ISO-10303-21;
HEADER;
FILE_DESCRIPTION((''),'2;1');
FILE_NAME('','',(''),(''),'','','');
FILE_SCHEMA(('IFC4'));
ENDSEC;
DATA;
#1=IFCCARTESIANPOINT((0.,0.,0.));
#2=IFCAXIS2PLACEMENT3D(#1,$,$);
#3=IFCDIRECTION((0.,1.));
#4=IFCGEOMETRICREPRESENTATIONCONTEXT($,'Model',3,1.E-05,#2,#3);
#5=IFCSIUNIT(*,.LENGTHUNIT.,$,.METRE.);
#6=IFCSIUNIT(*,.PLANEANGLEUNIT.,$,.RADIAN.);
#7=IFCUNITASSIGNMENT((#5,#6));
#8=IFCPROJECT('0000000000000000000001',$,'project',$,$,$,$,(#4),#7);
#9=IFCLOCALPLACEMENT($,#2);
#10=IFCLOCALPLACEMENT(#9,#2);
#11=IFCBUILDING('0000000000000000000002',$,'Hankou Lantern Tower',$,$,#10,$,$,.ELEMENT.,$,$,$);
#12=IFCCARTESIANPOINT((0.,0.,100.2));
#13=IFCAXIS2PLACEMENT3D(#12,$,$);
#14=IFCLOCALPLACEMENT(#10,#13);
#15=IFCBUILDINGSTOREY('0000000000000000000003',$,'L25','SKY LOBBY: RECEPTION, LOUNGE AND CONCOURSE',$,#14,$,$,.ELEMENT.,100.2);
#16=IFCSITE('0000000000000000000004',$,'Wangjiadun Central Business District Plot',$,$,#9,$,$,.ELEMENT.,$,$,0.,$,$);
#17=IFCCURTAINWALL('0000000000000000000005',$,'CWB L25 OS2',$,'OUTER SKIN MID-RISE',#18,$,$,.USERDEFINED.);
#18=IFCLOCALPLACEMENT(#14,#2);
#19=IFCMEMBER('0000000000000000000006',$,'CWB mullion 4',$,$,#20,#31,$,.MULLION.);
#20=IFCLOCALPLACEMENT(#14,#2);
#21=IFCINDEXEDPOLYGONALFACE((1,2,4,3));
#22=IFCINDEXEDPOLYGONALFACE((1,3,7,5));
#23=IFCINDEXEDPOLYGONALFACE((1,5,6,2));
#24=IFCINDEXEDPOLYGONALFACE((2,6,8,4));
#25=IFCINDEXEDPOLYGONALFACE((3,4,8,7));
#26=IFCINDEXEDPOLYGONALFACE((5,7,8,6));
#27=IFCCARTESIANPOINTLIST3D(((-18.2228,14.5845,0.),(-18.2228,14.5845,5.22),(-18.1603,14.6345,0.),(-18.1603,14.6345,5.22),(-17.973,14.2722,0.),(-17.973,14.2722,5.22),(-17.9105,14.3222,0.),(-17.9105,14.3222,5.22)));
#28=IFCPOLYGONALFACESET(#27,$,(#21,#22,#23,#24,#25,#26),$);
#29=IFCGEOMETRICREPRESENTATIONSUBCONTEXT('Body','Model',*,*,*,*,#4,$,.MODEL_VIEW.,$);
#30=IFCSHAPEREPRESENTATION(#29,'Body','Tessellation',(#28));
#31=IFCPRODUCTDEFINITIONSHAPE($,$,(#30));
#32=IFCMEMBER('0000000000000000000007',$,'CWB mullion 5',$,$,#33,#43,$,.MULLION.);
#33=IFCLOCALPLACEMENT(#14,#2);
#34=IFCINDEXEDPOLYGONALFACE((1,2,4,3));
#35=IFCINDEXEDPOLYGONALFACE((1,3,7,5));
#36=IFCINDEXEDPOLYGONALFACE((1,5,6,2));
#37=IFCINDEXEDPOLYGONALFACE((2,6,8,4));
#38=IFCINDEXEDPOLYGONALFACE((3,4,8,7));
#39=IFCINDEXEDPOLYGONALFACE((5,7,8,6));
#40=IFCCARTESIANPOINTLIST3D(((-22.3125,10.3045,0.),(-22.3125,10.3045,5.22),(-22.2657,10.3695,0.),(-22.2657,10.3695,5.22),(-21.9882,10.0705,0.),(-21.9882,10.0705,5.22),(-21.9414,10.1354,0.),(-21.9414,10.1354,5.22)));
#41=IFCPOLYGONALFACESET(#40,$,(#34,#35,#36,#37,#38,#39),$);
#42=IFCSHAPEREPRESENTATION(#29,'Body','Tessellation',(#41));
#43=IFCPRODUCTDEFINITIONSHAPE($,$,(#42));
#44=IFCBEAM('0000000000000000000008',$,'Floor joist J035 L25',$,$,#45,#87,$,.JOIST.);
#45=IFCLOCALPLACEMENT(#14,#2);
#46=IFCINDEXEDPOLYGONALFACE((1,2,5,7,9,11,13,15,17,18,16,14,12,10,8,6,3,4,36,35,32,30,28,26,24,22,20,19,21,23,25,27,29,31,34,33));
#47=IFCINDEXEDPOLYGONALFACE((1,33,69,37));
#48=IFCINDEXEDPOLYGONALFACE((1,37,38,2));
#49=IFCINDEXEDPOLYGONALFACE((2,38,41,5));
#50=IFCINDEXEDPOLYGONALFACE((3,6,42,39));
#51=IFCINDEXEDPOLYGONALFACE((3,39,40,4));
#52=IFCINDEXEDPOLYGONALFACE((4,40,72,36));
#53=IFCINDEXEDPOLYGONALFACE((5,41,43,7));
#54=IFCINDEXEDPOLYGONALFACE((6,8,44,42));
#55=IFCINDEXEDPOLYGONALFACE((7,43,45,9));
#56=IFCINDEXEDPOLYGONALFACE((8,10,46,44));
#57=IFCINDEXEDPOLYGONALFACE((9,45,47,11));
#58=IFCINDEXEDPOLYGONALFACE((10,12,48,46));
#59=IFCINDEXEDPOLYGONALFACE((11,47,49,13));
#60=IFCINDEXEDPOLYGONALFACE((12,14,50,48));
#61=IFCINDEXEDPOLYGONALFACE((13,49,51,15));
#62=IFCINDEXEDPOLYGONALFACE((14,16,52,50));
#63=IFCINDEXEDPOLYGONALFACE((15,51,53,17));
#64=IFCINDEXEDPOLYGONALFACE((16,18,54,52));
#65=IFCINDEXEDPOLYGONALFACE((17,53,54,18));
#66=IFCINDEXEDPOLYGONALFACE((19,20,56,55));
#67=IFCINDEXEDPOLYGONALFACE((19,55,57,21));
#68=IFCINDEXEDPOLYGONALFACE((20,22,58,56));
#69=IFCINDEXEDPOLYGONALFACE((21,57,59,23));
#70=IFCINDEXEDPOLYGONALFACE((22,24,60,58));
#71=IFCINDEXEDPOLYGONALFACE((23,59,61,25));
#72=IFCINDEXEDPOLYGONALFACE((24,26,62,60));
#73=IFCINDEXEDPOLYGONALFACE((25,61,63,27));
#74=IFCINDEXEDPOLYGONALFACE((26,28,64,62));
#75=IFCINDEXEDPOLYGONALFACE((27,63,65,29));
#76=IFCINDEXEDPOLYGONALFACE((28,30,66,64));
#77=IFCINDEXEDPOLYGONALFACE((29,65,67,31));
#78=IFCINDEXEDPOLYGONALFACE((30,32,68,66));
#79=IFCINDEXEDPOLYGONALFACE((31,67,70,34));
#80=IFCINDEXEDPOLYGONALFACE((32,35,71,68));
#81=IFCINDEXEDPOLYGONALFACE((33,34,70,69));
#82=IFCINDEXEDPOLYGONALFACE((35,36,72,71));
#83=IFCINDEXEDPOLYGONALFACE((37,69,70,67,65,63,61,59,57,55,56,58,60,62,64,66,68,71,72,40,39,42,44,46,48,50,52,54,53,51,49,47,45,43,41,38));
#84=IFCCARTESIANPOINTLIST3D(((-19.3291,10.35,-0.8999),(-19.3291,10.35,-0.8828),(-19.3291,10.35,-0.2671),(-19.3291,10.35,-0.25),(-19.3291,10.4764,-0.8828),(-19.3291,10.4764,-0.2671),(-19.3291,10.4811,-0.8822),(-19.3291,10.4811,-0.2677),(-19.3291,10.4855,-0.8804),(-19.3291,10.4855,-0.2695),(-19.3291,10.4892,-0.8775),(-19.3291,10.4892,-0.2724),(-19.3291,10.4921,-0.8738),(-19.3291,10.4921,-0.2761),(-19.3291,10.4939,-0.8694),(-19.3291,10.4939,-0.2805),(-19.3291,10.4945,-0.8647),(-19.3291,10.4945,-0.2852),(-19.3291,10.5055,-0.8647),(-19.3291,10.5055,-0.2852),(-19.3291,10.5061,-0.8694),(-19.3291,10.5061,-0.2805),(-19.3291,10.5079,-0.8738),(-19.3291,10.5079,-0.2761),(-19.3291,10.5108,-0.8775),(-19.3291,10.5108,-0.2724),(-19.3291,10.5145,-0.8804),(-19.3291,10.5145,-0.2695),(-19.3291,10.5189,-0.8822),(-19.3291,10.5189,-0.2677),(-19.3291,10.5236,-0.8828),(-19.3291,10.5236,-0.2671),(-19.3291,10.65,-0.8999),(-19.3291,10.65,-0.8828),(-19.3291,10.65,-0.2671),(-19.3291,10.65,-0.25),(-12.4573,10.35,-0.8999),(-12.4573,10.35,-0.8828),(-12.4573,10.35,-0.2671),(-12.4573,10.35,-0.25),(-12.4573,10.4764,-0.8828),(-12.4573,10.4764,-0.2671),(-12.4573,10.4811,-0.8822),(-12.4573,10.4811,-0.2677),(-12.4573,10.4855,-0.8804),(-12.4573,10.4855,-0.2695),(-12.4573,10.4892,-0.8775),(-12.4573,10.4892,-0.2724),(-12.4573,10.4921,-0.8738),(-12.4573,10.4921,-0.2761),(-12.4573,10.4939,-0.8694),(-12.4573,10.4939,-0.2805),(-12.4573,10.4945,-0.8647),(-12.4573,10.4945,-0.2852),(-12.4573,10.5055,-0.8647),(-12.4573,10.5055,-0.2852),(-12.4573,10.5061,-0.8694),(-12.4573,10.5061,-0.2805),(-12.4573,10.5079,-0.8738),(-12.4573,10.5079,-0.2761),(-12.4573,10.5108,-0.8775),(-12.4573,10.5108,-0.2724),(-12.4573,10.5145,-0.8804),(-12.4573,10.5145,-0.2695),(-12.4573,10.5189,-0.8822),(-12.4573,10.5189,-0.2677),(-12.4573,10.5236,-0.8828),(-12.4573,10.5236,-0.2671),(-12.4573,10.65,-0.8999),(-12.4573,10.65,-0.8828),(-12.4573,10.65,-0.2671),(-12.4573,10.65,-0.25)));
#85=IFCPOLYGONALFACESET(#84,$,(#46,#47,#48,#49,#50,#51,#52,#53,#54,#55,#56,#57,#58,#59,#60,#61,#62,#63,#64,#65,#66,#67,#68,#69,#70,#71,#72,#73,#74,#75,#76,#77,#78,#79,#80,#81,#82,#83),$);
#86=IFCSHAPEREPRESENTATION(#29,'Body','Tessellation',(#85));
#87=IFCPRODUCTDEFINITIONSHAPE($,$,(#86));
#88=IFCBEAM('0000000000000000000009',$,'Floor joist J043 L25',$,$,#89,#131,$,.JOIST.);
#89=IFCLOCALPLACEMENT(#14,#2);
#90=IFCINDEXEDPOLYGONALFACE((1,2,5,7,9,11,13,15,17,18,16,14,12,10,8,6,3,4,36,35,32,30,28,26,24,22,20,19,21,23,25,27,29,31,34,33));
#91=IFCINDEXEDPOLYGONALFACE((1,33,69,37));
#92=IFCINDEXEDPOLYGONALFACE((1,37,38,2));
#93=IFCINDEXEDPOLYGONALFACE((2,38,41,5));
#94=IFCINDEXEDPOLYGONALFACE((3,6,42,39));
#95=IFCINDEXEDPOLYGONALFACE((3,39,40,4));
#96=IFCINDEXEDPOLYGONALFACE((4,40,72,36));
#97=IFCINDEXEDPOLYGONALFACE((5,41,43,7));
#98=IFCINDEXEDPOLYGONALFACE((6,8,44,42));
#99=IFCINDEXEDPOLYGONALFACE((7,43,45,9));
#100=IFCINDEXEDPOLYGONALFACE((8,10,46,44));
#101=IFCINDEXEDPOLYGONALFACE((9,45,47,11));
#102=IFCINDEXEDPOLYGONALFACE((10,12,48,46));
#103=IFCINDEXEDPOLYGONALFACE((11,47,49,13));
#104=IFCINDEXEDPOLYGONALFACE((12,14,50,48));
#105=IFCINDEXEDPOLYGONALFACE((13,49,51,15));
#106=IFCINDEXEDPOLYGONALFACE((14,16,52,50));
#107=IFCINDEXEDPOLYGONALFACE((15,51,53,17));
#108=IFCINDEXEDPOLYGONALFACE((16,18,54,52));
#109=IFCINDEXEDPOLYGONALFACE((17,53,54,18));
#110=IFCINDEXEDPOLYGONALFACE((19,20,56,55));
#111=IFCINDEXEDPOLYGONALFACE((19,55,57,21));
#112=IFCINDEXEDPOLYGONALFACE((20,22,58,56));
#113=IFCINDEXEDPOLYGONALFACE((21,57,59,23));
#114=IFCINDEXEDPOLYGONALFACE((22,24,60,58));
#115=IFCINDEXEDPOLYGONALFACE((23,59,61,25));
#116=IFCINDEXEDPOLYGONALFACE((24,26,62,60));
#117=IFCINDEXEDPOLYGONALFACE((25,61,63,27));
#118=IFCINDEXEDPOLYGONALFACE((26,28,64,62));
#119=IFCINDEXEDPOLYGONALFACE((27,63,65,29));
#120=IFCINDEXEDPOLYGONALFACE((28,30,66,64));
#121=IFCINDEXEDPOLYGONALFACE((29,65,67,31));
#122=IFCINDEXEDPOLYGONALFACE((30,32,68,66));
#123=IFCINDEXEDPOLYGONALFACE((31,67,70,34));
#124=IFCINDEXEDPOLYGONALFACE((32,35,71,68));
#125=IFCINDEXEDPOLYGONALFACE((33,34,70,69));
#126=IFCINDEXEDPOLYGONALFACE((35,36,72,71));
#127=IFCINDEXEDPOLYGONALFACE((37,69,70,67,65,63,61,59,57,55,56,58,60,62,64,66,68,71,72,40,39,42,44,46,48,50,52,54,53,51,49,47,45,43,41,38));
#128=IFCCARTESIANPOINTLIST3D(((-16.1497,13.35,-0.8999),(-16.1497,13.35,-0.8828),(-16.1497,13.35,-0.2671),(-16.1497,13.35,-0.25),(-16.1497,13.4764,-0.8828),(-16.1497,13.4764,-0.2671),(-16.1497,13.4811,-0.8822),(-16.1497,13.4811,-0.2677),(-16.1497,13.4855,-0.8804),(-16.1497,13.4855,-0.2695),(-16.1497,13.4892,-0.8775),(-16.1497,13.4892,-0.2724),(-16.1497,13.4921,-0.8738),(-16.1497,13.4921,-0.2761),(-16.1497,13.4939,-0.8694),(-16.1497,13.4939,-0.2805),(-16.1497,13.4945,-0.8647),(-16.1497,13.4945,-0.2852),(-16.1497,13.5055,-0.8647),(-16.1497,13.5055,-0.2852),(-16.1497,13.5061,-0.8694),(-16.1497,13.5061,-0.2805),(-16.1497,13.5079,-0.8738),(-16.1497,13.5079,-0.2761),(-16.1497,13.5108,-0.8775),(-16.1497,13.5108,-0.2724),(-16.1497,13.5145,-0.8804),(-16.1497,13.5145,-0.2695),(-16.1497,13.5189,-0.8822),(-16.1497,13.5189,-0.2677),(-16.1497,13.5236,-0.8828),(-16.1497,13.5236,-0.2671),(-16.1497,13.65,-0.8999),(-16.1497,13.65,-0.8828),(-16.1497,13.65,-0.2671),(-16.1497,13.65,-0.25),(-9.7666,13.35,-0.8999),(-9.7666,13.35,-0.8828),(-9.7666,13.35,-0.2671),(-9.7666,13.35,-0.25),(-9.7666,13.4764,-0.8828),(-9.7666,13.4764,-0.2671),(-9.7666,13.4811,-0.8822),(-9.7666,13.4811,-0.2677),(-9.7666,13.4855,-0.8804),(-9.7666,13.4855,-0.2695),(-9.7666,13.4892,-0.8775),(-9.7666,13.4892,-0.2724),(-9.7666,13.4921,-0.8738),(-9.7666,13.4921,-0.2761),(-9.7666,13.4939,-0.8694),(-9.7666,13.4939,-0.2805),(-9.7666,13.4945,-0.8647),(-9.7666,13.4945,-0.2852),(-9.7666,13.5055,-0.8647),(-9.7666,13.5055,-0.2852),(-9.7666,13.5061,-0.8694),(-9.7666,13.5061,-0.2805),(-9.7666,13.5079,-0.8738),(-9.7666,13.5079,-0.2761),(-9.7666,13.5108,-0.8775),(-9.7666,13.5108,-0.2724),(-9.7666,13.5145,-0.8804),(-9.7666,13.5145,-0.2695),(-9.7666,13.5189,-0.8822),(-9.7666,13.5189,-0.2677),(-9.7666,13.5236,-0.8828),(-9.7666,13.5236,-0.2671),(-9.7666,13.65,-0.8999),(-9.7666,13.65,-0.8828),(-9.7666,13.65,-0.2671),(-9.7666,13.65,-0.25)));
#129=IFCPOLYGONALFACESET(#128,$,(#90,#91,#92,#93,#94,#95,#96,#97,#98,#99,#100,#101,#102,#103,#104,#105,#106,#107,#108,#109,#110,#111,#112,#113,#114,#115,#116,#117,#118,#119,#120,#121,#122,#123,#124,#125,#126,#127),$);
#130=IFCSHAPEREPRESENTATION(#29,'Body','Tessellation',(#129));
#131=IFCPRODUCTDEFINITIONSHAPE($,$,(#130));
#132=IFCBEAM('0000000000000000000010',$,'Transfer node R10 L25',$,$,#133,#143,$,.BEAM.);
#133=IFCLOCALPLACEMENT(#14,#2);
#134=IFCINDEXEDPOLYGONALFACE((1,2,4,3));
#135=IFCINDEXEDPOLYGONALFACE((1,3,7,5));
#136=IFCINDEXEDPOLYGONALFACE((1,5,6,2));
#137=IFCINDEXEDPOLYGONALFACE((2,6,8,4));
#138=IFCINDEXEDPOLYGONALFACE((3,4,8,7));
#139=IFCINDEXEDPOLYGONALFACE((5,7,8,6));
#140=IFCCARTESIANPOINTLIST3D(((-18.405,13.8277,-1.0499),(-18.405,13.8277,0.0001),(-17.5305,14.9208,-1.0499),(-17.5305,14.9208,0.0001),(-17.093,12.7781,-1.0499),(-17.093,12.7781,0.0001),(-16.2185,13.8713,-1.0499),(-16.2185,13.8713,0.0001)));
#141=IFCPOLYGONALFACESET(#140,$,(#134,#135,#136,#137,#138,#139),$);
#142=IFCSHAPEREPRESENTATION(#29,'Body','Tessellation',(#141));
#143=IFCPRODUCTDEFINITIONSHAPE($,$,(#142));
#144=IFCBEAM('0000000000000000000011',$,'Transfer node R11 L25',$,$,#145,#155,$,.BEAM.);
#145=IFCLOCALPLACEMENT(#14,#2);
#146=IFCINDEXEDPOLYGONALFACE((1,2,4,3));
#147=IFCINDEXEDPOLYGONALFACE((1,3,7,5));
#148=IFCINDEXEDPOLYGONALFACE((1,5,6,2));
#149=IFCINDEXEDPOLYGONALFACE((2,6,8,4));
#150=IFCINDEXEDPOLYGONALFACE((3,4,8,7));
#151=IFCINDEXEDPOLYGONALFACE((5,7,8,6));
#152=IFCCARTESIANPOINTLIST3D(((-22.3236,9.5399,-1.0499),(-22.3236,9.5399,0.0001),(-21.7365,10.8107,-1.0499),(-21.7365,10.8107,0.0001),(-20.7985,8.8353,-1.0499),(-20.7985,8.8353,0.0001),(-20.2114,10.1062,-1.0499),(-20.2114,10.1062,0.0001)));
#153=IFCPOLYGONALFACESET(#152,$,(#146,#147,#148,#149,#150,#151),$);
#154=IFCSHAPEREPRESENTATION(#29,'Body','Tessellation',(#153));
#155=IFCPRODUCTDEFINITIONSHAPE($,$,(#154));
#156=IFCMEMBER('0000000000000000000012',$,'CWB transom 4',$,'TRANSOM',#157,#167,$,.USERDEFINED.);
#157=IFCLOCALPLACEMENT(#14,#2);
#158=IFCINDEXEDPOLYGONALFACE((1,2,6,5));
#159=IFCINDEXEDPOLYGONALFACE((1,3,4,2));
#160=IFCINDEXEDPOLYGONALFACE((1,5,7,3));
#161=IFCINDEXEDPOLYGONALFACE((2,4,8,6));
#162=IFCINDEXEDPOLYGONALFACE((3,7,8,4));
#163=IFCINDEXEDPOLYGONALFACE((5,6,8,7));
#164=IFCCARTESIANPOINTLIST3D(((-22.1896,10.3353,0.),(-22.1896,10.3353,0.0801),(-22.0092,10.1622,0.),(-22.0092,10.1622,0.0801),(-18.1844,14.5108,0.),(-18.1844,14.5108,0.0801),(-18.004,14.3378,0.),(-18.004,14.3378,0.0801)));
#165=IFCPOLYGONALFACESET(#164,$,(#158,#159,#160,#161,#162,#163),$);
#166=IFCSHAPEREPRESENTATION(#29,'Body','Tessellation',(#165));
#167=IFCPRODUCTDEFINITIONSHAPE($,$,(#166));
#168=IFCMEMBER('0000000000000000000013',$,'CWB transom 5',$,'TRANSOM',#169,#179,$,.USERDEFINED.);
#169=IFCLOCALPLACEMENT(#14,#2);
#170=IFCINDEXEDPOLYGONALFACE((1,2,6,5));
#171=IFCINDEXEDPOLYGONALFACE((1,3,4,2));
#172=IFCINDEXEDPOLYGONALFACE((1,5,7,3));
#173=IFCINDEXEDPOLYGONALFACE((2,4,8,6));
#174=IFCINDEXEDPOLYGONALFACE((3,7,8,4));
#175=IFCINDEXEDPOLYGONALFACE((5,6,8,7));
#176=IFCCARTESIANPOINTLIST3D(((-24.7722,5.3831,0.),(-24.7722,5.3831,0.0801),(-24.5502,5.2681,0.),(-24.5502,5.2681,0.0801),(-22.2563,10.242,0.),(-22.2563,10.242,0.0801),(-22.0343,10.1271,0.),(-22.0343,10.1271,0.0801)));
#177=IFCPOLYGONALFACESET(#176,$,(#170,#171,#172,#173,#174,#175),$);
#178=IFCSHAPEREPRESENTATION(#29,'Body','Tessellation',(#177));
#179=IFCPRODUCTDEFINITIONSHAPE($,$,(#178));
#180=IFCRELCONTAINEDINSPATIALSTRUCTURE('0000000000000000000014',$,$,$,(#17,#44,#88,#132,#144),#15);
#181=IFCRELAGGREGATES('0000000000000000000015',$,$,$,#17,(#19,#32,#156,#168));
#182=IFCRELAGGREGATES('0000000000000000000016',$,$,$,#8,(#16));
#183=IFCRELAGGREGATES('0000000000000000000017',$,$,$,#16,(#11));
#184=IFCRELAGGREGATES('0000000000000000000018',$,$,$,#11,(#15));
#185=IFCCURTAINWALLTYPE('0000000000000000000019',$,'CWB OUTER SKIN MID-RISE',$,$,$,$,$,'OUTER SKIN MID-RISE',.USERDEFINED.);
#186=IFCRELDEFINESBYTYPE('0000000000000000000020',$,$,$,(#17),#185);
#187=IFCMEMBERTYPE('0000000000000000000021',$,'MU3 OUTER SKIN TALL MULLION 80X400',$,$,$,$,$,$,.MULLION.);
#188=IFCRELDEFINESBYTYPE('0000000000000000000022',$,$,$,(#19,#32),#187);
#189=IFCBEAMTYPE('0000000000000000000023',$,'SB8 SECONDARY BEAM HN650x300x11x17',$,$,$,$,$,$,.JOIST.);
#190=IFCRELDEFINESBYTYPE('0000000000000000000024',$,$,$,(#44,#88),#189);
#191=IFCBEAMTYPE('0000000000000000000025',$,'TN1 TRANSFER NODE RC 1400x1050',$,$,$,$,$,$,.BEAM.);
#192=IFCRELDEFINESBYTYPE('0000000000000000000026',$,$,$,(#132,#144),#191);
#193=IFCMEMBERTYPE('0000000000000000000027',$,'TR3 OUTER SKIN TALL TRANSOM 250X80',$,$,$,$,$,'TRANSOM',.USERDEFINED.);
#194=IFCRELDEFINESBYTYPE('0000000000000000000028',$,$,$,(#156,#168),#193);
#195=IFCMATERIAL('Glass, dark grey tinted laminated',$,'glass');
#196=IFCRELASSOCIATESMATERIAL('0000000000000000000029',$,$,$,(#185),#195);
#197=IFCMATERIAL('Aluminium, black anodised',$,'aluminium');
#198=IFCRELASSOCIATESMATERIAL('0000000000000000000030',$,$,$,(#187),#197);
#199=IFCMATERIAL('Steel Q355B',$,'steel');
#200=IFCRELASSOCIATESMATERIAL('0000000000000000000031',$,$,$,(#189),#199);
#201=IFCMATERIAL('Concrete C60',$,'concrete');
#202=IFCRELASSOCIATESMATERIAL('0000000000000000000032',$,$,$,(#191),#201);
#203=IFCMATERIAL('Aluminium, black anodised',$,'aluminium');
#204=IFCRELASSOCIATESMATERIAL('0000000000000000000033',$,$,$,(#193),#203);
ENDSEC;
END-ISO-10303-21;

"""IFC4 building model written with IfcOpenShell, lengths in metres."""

from ifc_helpers import new_model, si_unit, direction, frame, origin, origin_2d, place, context, subcontext, project, spatial, rectangle, i_section, extrude, material, material_profile, profile_set, type_object, element, aggregate, save


model = new_model("IFC4")

# Units and contexts
model_context = context("Model", 3, precision=1e-05, world=origin(), true_north=direction((0.0, 1.0)))
body_context = subcontext(model_context, "Body", "Model", "MODEL_VIEW")
ifc_project = project(units=[si_unit("LENGTHUNIT", "METRE"), si_unit("PLANEANGLEUNIT", "RADIAN")], contexts=[model_context])

# Site, building, storey
site_placement = place(None, origin())
site = spatial("IfcSite", under=ifc_project, at=site_placement, Name="Wangjiadun Central Business District Plot", CompositionType="ELEMENT", RefElevation=0.0)
building_placement = place(site_placement, origin())
building = spatial("IfcBuilding", under=site, at=building_placement, Name="Hankou Lantern Tower", CompositionType="ELEMENT")
storey_placement = place(building_placement, frame((0.0, 0.0, 100.2)))
storey = spatial("IfcBuildingStorey", under=building, at=storey_placement, Name="L25", Description="SKY LOBBY: RECEPTION, LOUNGE AND CONCOURSE", CompositionType="ELEMENT", Elevation=100.2)

# Curtain wall, members
ifc_material_1 = material(Name="Glass, dark grey tinted laminated", Category="glass")
curtain_wall_type = type_object("IfcCurtainWallType", Name="CWB OUTER SKIN MID-RISE", ElementType="OUTER SKIN MID-RISE", PredefinedType="USERDEFINED", material=ifc_material_1)
curtain_wall_placement = place(storey_placement, origin())
curtain_wall = element("IfcCurtainWall", 1, at=curtain_wall_placement, inside=storey, type_object=curtain_wall_type, Name="CWB L25 OS2", ObjectType="OUTER SKIN MID-RISE", PredefinedType="USERDEFINED")
ifc_material_2 = material(Name="Aluminium, black anodised", Category="aluminium")
ifc_material_profile_1 = material_profile(ifc_material_2, rectangle(XDim=0.0801, YDim=0.3999, at=origin_2d()), Name="MU3 80X400")
ifc_profile_set_1 = profile_set([ifc_material_profile_1], Name="Aluminium, black anodised")
member_type_1 = type_object("IfcMemberType", Name="MU3 OUTER SKIN TALL MULLION 80X400", PredefinedType="MULLION", material=ifc_profile_set_1)
member_1_placement = place(storey_placement, frame((-18.0667, 14.4534, 0.0), z_axis=(0.0, 0.0, 1.0), x_axis=(-0.780869, -0.624695, 0.0)))
member_1 = element("IfcMember", 2, at=member_1_placement, type_object=member_type_1, Name="CWB mullion 4", PredefinedType="MULLION", context=body_context, shape_type="SweptSolid", body=[
    extrude(rectangle(XDim=0.0801, YDim=0.3999, at=origin_2d()), origin(), (0.0, 0.0, 1.0), 5.22),
])
member_2_placement = place(storey_placement, frame((-22.127, 10.22, 0.0), z_axis=(0.0, 0.0, 1.0), x_axis=(-0.585206, -0.810885, 0.0)))
member_2 = element("IfcMember", 3, at=member_2_placement, type_object=member_type_1, Name="CWB mullion 5", PredefinedType="MULLION", context=body_context, shape_type="SweptSolid", body=[
    extrude(rectangle(XDim=0.0801, YDim=0.3999, at=origin_2d()), origin(), (0.0, 0.0, 1.0), 5.22),
])

# Beams
ifc_material_3 = material(Name="Steel Q355B", Category="steel")
ifc_material_profile_2 = material_profile(ifc_material_3, i_section(OverallWidth=0.3, OverallDepth=0.6499, WebThickness=0.011, FlangeThickness=0.0171, FilletRadius=0.0181, at=origin_2d()), Name="HN650x300x11x17")
ifc_profile_set_2 = profile_set([ifc_material_profile_2], Name="Steel Q355B")
beam_type_1 = type_object("IfcBeamType", Name="SB8 SECONDARY BEAM HN650x300x11x17", PredefinedType="JOIST", material=ifc_profile_set_2)
beam_1_placement = place(storey_placement, frame((-19.3291, 10.5, -0.575), z_axis=(1.0, 0.0, 0.0), x_axis=(0.0, 1.0, 0.0)))
element("IfcBeam", 4, at=beam_1_placement, inside=storey, type_object=beam_type_1, Name="Floor joist J035 L25", PredefinedType="JOIST", context=body_context, shape_type="SweptSolid", body=[
    extrude(i_section(OverallWidth=0.3, OverallDepth=0.6499, WebThickness=0.011, FlangeThickness=0.0171, FilletRadius=0.0181, at=origin_2d()), origin(), (0.0, 0.0, 1.0), 6.8718),
])
beam_2_placement = place(storey_placement, frame((-16.1497, 13.5, -0.575), z_axis=(1.0, 0.0, 0.0), x_axis=(0.0, 1.0, 0.0)))
element("IfcBeam", 5, at=beam_2_placement, inside=storey, type_object=beam_type_1, Name="Floor joist J043 L25", PredefinedType="JOIST", context=body_context, shape_type="SweptSolid", body=[
    extrude(i_section(OverallWidth=0.3, OverallDepth=0.6499, WebThickness=0.011, FlangeThickness=0.0171, FilletRadius=0.0181, at=origin_2d()), origin(), (0.0, 0.0, 1.0), 6.3831),
])
ifc_material_4 = material(Name="Concrete C60", Category="concrete")
ifc_material_profile_3 = material_profile(ifc_material_4, rectangle(XDim=1.3999, YDim=1.05, at=origin_2d()), Name="RC 1400x1050")
ifc_profile_set_3 = profile_set([ifc_material_profile_3], Name="Concrete C60")
beam_type_2 = type_object("IfcBeamType", Name="TN1 TRANSFER NODE RC 1400x1050", PredefinedType="BEAM", material=ifc_profile_set_3)
beam_3_placement = place(storey_placement, frame((-17.9678, 14.3743, -0.5249), z_axis=(0.780883, -0.624677, 0.0), x_axis=(0.624677, 0.780883, 0.0)))
element("IfcBeam", 6, at=beam_3_placement, inside=storey, type_object=beam_type_2, Name="Transfer node R10 L25", PredefinedType="BEAM", context=body_context, shape_type="SweptSolid", body=[
    extrude(rectangle(XDim=1.3999, YDim=1.05, at=origin_2d()), origin(), (0.0, 0.0, 1.0), 1.6802),
])
beam_4_placement = place(storey_placement, frame((-22.03, 10.1753, -0.5249), z_axis=(0.907806, -0.41939, 0.0), x_axis=(0.41939, 0.907806, 0.0)))
element("IfcBeam", 7, at=beam_4_placement, inside=storey, type_object=beam_type_2, Name="Transfer node R11 L25", PredefinedType="BEAM", context=body_context, shape_type="SweptSolid", body=[
    extrude(rectangle(XDim=1.3999, YDim=1.05, at=origin_2d()), origin(), (0.0, 0.0, 1.0), 1.6799),
])

# Members
ifc_material_5 = material(Name="Aluminium, black anodised", Category="aluminium")
ifc_material_profile_4 = material_profile(ifc_material_5, rectangle(XDim=0.25, YDim=0.0801, at=origin_2d()), Name="TR3 250X80")
ifc_profile_set_4 = profile_set([ifc_material_profile_4], Name="Aluminium, black anodised")
member_type_2 = type_object("IfcMemberType", Name="TR3 OUTER SKIN TALL TRANSOM 250X80", ElementType="TRANSOM", PredefinedType="USERDEFINED", material=ifc_profile_set_4)
member_3_placement = place(storey_placement, frame((-18.0942, 14.4243, 0.04), z_axis=(-0.692227, -0.72168, 0.0), x_axis=(0.72168, -0.692227, 0.0)))
member_3 = element("IfcMember", 8, at=member_3_placement, type_object=member_type_2, Name="CWB transom 4", ObjectType="TRANSOM", PredefinedType="USERDEFINED", context=body_context, shape_type="SweptSolid", body=[
    extrude(rectangle(XDim=0.25, YDim=0.0801, at=origin_2d()), origin(), (0.0, 0.0, 1.0), 5.7859),
])
member_4_placement = place(storey_placement, frame((-22.1453, 10.1846, 0.04), z_axis=(-0.459805, -0.88802, 0.0), x_axis=(0.88802, -0.459805, 0.0)))
member_4 = element("IfcMember", 9, at=member_4_placement, type_object=member_type_2, Name="CWB transom 5", ObjectType="TRANSOM", PredefinedType="USERDEFINED", context=body_context, shape_type="SweptSolid", body=[
    extrude(rectangle(XDim=0.25, YDim=0.0801, at=origin_2d()), origin(), (0.0, 0.0, 1.0), 5.4717),
])

aggregate(curtain_wall, [member_1, member_2, member_3, member_4])

save(model, "model.ifc")
